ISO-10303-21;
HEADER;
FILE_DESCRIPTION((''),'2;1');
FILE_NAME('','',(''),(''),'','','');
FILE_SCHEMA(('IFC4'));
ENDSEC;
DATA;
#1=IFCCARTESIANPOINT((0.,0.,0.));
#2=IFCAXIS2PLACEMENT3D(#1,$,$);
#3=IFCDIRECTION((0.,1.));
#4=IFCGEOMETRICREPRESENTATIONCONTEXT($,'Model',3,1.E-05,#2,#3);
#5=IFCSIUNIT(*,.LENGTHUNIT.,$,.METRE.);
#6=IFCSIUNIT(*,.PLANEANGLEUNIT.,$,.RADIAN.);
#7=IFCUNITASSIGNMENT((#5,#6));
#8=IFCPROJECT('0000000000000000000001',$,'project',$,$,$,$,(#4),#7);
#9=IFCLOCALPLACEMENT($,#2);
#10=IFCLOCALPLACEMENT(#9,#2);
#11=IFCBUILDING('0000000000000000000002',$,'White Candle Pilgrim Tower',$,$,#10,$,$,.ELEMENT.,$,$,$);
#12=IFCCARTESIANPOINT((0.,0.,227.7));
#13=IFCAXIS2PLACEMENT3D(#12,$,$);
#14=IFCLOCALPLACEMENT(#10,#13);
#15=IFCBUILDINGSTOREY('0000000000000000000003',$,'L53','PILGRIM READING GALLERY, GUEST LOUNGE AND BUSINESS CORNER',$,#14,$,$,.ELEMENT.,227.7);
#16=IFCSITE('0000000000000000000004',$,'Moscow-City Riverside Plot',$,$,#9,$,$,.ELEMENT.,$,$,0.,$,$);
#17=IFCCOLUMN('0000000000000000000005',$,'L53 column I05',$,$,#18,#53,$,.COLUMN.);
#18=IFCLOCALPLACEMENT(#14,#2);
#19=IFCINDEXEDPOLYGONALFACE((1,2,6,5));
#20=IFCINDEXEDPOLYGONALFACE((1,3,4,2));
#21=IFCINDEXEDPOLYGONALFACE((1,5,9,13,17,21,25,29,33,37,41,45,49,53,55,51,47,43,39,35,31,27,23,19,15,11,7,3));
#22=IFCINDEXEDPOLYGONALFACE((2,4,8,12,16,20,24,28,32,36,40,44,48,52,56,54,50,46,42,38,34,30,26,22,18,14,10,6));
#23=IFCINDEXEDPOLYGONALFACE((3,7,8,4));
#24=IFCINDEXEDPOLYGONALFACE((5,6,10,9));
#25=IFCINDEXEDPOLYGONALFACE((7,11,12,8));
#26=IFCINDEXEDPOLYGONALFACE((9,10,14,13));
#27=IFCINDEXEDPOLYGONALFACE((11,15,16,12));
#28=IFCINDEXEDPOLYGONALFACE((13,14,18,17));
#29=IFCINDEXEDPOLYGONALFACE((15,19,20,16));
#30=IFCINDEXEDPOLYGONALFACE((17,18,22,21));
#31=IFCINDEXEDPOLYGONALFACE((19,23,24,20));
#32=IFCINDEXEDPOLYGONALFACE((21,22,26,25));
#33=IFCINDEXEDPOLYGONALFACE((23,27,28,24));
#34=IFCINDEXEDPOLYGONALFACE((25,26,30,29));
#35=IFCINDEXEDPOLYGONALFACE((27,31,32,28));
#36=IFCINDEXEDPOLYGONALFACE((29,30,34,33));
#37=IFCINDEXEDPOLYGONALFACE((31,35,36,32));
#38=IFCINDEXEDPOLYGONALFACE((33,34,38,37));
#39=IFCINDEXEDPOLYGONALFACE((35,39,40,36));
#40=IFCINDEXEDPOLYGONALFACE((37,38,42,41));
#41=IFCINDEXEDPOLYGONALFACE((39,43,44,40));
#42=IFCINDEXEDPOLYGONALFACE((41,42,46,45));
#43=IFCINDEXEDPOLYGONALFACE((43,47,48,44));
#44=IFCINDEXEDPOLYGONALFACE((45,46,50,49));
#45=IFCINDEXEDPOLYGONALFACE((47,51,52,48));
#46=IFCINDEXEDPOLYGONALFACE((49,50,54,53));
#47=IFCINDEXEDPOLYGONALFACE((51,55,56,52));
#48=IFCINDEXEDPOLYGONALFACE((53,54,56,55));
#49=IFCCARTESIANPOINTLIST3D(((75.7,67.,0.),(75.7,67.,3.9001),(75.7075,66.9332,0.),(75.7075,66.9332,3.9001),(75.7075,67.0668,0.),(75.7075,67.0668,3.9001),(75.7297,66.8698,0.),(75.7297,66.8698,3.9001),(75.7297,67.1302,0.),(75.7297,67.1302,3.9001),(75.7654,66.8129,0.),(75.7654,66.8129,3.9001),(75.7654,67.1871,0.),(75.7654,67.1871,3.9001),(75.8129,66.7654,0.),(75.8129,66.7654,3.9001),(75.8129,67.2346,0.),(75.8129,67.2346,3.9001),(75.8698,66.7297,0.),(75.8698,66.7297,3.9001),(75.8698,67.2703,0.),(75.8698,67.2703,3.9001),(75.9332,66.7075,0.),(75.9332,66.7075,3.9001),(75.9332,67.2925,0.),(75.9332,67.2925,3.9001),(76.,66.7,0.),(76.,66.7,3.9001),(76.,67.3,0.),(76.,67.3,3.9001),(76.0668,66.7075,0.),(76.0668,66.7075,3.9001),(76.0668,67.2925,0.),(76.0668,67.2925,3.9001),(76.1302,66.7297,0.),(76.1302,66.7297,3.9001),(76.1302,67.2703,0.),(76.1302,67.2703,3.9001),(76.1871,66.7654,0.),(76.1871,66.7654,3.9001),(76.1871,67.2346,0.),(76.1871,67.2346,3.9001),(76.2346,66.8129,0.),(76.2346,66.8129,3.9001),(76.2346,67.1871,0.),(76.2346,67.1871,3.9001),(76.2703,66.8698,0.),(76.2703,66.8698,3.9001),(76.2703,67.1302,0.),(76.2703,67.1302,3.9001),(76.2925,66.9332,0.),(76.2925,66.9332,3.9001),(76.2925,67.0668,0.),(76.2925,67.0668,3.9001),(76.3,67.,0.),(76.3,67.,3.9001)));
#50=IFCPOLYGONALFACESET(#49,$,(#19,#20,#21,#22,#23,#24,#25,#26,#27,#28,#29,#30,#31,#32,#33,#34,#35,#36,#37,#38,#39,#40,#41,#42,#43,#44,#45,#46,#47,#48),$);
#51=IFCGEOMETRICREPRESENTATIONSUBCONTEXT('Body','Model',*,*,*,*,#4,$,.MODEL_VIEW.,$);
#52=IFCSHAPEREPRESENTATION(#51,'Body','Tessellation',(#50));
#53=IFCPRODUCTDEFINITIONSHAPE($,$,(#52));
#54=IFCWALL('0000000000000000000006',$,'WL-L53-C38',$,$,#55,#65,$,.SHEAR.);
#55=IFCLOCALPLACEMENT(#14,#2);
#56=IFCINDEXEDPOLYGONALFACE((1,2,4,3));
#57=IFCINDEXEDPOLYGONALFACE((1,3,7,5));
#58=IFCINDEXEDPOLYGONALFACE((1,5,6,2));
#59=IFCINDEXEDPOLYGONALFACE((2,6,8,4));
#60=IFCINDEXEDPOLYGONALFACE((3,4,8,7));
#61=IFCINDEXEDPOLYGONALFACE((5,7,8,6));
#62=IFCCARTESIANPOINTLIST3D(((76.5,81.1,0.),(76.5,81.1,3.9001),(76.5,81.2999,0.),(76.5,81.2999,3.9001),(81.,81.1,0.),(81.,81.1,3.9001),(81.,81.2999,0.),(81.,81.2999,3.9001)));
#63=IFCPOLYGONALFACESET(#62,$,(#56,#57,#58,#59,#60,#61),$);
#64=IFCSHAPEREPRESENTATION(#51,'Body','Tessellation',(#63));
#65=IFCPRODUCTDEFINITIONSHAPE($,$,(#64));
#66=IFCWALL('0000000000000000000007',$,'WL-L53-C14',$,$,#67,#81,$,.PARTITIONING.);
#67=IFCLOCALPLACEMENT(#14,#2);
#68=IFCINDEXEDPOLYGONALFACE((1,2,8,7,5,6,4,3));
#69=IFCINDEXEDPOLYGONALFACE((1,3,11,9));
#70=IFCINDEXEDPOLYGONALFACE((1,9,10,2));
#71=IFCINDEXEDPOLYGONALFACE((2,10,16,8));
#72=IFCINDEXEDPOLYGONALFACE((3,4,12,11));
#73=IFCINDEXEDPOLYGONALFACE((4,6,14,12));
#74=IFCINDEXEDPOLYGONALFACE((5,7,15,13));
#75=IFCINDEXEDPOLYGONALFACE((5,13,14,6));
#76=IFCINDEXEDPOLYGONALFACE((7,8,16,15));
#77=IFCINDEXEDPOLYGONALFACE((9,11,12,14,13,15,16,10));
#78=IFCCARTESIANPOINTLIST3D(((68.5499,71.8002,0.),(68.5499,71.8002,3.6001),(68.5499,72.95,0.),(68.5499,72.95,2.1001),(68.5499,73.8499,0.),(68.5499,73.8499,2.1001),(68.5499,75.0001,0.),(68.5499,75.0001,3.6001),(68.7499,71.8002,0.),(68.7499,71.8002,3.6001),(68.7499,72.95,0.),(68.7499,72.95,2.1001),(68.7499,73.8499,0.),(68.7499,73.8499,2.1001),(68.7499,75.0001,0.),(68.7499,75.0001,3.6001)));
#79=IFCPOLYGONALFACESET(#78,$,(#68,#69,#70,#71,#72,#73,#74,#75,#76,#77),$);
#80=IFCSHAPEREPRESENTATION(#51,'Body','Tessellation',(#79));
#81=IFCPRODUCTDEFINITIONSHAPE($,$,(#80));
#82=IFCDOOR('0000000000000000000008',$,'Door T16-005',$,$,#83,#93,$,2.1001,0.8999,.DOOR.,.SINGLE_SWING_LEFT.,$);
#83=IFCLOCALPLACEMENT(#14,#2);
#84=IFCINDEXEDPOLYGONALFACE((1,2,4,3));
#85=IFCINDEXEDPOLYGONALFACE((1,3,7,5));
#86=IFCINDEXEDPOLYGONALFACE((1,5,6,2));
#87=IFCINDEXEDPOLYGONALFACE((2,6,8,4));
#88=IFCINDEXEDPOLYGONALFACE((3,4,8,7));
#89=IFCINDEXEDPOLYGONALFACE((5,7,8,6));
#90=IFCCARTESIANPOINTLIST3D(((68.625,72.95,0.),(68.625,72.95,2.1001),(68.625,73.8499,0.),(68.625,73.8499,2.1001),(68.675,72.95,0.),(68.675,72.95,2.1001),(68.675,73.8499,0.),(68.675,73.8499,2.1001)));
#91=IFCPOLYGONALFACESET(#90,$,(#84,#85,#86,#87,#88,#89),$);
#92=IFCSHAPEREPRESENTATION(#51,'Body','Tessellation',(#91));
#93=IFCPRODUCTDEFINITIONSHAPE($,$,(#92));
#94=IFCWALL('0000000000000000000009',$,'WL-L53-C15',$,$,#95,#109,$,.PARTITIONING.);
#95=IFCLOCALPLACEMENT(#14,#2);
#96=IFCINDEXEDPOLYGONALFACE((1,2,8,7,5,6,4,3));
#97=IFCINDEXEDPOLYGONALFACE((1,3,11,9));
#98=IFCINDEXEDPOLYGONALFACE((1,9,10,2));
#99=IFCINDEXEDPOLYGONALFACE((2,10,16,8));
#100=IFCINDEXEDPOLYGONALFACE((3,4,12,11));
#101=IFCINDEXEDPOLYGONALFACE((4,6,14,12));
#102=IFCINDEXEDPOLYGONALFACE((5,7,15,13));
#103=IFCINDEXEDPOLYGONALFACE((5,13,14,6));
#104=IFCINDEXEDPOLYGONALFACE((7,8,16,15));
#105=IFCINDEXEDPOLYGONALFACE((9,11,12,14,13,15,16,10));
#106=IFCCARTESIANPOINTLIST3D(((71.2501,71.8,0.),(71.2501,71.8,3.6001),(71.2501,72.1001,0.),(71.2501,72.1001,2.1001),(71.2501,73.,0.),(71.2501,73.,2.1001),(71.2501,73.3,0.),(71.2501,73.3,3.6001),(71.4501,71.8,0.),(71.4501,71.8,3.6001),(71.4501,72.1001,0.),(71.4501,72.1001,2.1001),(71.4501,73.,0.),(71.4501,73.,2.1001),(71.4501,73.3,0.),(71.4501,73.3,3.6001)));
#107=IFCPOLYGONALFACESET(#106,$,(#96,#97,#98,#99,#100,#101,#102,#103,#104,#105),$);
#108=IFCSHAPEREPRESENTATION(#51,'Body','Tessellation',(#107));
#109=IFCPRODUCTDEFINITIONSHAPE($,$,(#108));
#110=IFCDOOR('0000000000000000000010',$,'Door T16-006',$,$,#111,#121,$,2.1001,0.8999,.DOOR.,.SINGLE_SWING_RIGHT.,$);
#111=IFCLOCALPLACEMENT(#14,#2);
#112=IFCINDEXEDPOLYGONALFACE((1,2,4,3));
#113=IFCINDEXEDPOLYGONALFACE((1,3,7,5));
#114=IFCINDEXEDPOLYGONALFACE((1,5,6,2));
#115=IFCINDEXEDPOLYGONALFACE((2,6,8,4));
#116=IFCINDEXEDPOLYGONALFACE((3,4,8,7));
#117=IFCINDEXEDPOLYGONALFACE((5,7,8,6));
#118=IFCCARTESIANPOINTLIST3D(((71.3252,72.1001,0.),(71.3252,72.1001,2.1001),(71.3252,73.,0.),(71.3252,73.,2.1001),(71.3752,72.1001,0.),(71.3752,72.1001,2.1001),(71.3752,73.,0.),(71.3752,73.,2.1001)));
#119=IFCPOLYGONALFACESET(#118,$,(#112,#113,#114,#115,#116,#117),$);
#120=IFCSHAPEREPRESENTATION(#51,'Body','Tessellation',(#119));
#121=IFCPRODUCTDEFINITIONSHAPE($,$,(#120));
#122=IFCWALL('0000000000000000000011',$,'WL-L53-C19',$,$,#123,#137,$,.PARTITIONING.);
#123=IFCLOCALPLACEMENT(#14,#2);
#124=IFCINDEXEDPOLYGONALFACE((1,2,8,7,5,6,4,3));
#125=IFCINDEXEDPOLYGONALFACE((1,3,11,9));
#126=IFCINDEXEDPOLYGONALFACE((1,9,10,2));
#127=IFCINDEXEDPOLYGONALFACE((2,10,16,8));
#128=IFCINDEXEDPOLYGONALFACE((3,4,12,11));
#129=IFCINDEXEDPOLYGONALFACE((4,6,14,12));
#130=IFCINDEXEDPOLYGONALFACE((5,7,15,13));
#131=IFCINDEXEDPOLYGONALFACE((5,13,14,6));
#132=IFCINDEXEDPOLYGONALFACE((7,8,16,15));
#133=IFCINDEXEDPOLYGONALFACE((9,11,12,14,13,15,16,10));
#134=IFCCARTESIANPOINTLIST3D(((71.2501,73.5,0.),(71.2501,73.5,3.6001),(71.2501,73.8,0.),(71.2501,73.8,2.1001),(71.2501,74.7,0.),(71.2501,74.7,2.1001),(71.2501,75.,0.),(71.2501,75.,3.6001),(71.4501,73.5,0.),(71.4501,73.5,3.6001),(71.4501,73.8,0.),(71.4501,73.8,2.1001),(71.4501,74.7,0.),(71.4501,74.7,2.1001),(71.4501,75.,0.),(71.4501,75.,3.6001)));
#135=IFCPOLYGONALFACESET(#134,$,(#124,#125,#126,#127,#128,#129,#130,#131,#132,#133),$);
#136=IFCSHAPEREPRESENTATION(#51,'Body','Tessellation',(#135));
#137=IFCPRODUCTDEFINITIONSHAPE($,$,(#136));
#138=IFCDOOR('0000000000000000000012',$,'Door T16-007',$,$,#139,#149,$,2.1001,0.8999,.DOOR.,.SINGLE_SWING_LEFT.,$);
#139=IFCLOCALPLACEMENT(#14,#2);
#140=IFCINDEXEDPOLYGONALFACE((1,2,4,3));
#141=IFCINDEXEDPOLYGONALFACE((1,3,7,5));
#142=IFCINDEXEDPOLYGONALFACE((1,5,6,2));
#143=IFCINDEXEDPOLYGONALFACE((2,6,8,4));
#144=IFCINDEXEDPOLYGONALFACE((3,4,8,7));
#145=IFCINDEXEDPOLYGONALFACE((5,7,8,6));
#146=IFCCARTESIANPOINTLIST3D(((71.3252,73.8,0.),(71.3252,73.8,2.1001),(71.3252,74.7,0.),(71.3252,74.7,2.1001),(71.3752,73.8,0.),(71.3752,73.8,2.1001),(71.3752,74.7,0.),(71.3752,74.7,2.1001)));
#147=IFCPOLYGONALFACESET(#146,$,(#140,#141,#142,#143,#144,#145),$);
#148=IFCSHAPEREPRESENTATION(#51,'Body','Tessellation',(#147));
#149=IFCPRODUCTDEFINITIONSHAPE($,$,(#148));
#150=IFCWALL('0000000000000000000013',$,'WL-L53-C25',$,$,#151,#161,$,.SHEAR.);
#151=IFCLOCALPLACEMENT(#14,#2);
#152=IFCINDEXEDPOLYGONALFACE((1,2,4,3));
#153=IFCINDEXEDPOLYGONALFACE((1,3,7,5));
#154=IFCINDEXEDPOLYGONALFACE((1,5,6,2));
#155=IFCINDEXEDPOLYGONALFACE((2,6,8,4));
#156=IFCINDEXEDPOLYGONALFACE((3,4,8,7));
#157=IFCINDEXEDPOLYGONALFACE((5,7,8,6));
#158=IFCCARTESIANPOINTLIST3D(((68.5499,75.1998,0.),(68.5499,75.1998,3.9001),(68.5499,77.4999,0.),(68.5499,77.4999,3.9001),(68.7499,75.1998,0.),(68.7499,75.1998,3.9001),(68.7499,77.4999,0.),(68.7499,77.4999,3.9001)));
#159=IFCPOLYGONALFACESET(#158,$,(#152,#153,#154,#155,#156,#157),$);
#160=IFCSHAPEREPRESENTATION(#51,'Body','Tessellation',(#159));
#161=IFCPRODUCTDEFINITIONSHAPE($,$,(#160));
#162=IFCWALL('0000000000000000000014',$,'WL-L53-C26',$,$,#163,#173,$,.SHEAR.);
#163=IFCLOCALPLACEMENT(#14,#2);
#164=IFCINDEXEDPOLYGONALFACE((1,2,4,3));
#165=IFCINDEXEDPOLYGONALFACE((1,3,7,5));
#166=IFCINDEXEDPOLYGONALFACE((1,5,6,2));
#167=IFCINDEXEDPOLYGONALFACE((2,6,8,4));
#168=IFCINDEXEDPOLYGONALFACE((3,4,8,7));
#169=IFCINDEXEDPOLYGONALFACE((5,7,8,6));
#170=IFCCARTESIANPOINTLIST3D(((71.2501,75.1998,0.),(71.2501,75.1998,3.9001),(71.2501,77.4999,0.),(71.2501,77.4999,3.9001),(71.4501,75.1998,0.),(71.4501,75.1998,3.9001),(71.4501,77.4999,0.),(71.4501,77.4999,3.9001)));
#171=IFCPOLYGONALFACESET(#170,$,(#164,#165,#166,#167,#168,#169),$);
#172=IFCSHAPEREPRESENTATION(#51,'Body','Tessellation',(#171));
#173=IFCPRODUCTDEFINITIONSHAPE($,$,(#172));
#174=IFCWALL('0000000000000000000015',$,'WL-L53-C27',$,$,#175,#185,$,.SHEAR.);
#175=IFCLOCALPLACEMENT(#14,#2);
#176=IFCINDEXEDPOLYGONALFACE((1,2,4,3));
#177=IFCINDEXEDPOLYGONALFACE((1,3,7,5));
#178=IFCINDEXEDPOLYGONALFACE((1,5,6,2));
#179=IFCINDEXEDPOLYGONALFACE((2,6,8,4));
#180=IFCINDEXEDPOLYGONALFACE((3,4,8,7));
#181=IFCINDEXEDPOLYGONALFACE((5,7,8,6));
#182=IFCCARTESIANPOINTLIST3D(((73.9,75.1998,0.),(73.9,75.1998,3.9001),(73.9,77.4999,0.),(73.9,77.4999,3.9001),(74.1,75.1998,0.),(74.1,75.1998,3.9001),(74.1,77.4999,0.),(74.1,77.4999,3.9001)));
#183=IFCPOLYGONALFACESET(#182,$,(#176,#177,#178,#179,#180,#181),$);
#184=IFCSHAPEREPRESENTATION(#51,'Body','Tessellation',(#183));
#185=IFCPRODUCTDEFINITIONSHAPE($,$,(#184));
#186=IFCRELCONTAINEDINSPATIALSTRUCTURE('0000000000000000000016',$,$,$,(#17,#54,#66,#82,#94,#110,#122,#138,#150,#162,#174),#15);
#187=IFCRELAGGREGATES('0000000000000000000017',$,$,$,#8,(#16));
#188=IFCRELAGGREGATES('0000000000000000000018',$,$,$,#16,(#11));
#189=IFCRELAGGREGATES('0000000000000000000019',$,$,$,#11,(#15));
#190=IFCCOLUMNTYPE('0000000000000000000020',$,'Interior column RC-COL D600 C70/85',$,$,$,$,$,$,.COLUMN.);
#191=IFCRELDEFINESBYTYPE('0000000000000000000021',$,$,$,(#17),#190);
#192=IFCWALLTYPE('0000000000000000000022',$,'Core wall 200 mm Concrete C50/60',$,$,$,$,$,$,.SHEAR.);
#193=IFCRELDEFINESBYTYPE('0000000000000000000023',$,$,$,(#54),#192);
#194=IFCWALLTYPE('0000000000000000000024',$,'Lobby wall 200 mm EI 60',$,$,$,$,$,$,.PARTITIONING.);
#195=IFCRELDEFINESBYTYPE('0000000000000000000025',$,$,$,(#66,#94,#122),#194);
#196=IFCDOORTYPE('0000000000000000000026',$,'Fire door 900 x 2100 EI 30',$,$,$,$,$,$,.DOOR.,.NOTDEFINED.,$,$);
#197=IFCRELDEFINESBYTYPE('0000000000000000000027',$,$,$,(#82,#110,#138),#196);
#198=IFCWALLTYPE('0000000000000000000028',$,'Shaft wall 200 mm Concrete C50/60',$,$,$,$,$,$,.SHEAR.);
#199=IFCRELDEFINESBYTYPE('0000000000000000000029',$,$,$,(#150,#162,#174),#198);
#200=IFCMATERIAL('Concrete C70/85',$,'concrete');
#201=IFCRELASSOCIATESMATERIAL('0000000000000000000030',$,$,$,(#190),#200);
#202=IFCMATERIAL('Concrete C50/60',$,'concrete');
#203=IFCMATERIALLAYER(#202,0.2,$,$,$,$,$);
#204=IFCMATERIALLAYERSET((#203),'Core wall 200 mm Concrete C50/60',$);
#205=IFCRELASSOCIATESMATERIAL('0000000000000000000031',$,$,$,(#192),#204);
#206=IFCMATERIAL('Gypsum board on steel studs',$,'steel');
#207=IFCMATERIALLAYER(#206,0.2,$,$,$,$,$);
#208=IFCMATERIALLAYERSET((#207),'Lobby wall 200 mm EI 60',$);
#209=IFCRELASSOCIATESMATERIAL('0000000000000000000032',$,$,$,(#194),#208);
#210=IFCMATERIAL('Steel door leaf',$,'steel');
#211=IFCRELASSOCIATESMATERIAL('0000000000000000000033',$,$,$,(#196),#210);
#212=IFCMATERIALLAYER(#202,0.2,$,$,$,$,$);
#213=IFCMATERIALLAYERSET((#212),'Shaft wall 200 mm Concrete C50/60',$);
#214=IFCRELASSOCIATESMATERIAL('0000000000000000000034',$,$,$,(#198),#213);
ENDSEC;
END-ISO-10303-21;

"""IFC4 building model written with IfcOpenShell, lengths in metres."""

from ifc_helpers import new_model, si_unit, direction, frame, frame_2d, origin, origin_2d, place, context, subcontext, project, spatial, rectangle, circle, extrude, material, layer, layer_set, material_profile, profile_set, type_object, element, fill, save


model = new_model("IFC4")

# Units and contexts
model_context = context("Model", 3, precision=1e-05, world=origin(), true_north=direction((0.0, 1.0)))
body_context = subcontext(model_context, "Body", "Model", "MODEL_VIEW")
ifc_project = project(units=[si_unit("LENGTHUNIT", "METRE"), si_unit("PLANEANGLEUNIT", "RADIAN")], contexts=[model_context])

# Site, building, storey
site_placement = place(None, origin())
site = spatial("IfcSite", under=ifc_project, at=site_placement, Name="Moscow-City Riverside Plot", CompositionType="ELEMENT", RefElevation=0.0)
building_placement = place(site_placement, origin())
building = spatial("IfcBuilding", under=site, at=building_placement, Name="White Candle Pilgrim Tower", CompositionType="ELEMENT")
storey_placement = place(building_placement, frame((0.0, 0.0, 227.7)))
storey = spatial("IfcBuildingStorey", under=building, at=storey_placement, Name="L53", Description="PILGRIM READING GALLERY, GUEST LOUNGE AND BUSINESS CORNER", CompositionType="ELEMENT", Elevation=227.7)

# Column
ifc_material_1 = material(Name="Concrete C70/85", Category="concrete")
ifc_material_profile = material_profile(ifc_material_1, circle(Radius=0.3, at=origin_2d()), Name="RC-COL D600")
ifc_profile_set = profile_set([ifc_material_profile], Name="Concrete C70/85")
column_type = type_object("IfcColumnType", Name="Interior column RC-COL D600 C70/85", PredefinedType="COLUMN", material=ifc_profile_set)
column_placement = place(storey_placement, frame((76.0, 67.0, 0.0), z_axis=(0.0, 0.0, 1.0), x_axis=(1.0, 0.0, 0.0)))
element("IfcColumn", 1, at=column_placement, inside=storey, type_object=column_type, Name="L53 column I05", PredefinedType="COLUMN", context=body_context, shape_type="SweptSolid", body=[
    extrude(circle(Radius=0.3, at=origin_2d()), origin(), (0.0, 0.0, 1.0), 3.9001),
])

# Wall
ifc_material_2 = material(Name="Concrete C50/60", Category="concrete")
ifc_layer_1 = layer(ifc_material_2, 0.2)
ifc_layer_set_1 = layer_set([ifc_layer_1], Name="Core wall 200 mm Concrete C50/60")
wall_type_1 = type_object("IfcWallType", Name="Core wall 200 mm Concrete C50/60", PredefinedType="SHEAR", material=ifc_layer_set_1)
wall_1_placement = place(storey_placement, frame((76.5, 81.2, 0.0), z_axis=(0.0, 0.0, 1.0), x_axis=(1.0, 0.0, 0.0)))
element("IfcWall", 2, at=wall_1_placement, inside=storey, type_object=wall_type_1, Name="WL-L53-C38", PredefinedType="SHEAR", context=body_context, shape_type="SweptSolid", body=[
    extrude(rectangle(XDim=4.5, YDim=0.2, at=frame_2d((2.25, 0.0))), origin(), (0.0, 0.0, 1.0), 3.9001),
])

# Walls, openings, doors
ifc_material_3 = material(Name="Gypsum board on steel studs", Category="steel")
ifc_layer_2 = layer(ifc_material_3, 0.2)
ifc_layer_set_2 = layer_set([ifc_layer_2], Name="Lobby wall 200 mm EI 60")
wall_type_2 = type_object("IfcWallType", Name="Lobby wall 200 mm EI 60", PredefinedType="PARTITIONING", material=ifc_layer_set_2)
wall_2_placement = place(storey_placement, frame((68.6499, 71.8, 0.0), z_axis=(0.0, 0.0, 1.0), x_axis=(0.0, 1.0, 0.0)))
wall_2 = element("IfcWall", 3, at=wall_2_placement, inside=storey, type_object=wall_type_2, Name="WL-L53-C14", PredefinedType="PARTITIONING", context=body_context, shape_type="SweptSolid", body=[
    extrude(rectangle(XDim=3.2, YDim=0.2, at=frame_2d((1.6001, 0.0))), origin(), (0.0, 0.0, 1.0), 3.6001),
])
opening_1_placement = place(wall_2_placement, frame((1.1499, 0.0, 0.0)))
opening_1 = element("IfcOpeningElement", 4, at=opening_1_placement, cuts=wall_2, PredefinedType="OPENING", context=body_context, shape_type="SweptSolid", body=[
    extrude(rectangle(XDim=0.8999, YDim=2.1001, at=frame_2d((0.45, 1.05))), frame((0.0, 0.1099, 0.0), z_axis=(0.0, -1.0, 0.0), x_axis=(1.0, 0.0, 0.0)), (0.0, 0.0, 1.0), 0.22),
])
ifc_material_4 = material(Name="Steel door leaf", Category="steel")
door_type_1 = type_object("IfcDoorType", Name="Fire door 900 x 2100 EI 30", OperationType="NOTDEFINED", PredefinedType="DOOR", material=ifc_material_4)
door_1_placement = place(opening_1_placement, origin())
door_1 = element("IfcDoor", 5, at=door_1_placement, inside=storey, type_object=door_type_1, Name="Door T16-005", OperationType="SINGLE_SWING_LEFT", OverallHeight=2.1001, OverallWidth=0.8999, PredefinedType="DOOR", context=body_context, shape_type="SweptSolid", body=[
    extrude(rectangle(XDim=0.8999, YDim=2.1001, at=frame_2d((0.45, 1.05))), frame((0.0, 0.0249, 0.0), z_axis=(0.0, -1.0, 0.0), x_axis=(1.0, 0.0, 0.0)), (0.0, 0.0, 1.0), 0.05),
])
fill(opening_1, door_1)
wall_3_placement = place(storey_placement, frame((71.3501, 71.8, 0.0), z_axis=(0.0, 0.0, 1.0), x_axis=(0.0, 1.0, 0.0)))
wall_3 = element("IfcWall", 6, at=wall_3_placement, inside=storey, type_object=wall_type_2, Name="WL-L53-C15", PredefinedType="PARTITIONING", context=body_context, shape_type="SweptSolid", body=[
    extrude(rectangle(XDim=1.5, YDim=0.2, at=frame_2d((0.75, 0.0))), origin(), (0.0, 0.0, 1.0), 3.6001),
])
opening_2_placement = place(wall_3_placement, frame((0.3, 0.0, 0.0)))
opening_2 = element("IfcOpeningElement", 7, at=opening_2_placement, cuts=wall_3, PredefinedType="OPENING", context=body_context, shape_type="SweptSolid", body=[
    extrude(rectangle(XDim=0.8999, YDim=2.1001, at=frame_2d((0.45, 1.05))), frame((0.0, 0.1099, 0.0), z_axis=(0.0, -1.0, 0.0), x_axis=(1.0, 0.0, 0.0)), (0.0, 0.0, 1.0), 0.22),
])
door_2_placement = place(opening_2_placement, origin())
door_2 = element("IfcDoor", 8, at=door_2_placement, inside=storey, type_object=door_type_1, Name="Door T16-006", OperationType="SINGLE_SWING_RIGHT", OverallHeight=2.1001, OverallWidth=0.8999, PredefinedType="DOOR", context=body_context, shape_type="SweptSolid", body=[
    extrude(rectangle(XDim=0.8999, YDim=2.1001, at=frame_2d((0.45, 1.05))), frame((0.0, 0.0249, 0.0), z_axis=(0.0, -1.0, 0.0), x_axis=(1.0, 0.0, 0.0)), (0.0, 0.0, 1.0), 0.05),
])
fill(opening_2, door_2)
wall_4_placement = place(storey_placement, frame((71.3501, 73.5, 0.0), z_axis=(0.0, 0.0, 1.0), x_axis=(0.0, 1.0, 0.0)))
wall_4 = element("IfcWall", 9, at=wall_4_placement, inside=storey, type_object=wall_type_2, Name="WL-L53-C19", PredefinedType="PARTITIONING", context=body_context, shape_type="SweptSolid", body=[
    extrude(rectangle(XDim=1.5, YDim=0.2, at=frame_2d((0.75, 0.0))), origin(), (0.0, 0.0, 1.0), 3.6001),
])
opening_3_placement = place(wall_4_placement, frame((0.3, 0.0, 0.0)))
opening_3 = element("IfcOpeningElement", 10, at=opening_3_placement, cuts=wall_4, PredefinedType="OPENING", context=body_context, shape_type="SweptSolid", body=[
    extrude(rectangle(XDim=0.8999, YDim=2.1001, at=frame_2d((0.45, 1.05))), frame((0.0, 0.1099, 0.0), z_axis=(0.0, -1.0, 0.0), x_axis=(1.0, 0.0, 0.0)), (0.0, 0.0, 1.0), 0.22),
])
door_3_placement = place(opening_3_placement, origin())
door_3 = element("IfcDoor", 11, at=door_3_placement, inside=storey, type_object=door_type_1, Name="Door T16-007", OperationType="SINGLE_SWING_LEFT", OverallHeight=2.1001, OverallWidth=0.8999, PredefinedType="DOOR", context=body_context, shape_type="SweptSolid", body=[
    extrude(rectangle(XDim=0.8999, YDim=2.1001, at=frame_2d((0.45, 1.05))), frame((0.0, 0.0249, 0.0), z_axis=(0.0, -1.0, 0.0), x_axis=(1.0, 0.0, 0.0)), (0.0, 0.0, 1.0), 0.05),
])
fill(opening_3, door_3)

# Walls
ifc_layer_3 = layer(ifc_material_2, 0.2)
ifc_layer_set_3 = layer_set([ifc_layer_3], Name="Shaft wall 200 mm Concrete C50/60")
wall_type_3 = type_object("IfcWallType", Name="Shaft wall 200 mm Concrete C50/60", PredefinedType="SHEAR", material=ifc_layer_set_3)
for number, where, z_axis, x_axis, name in (
    (12, (68.6499, 75.2, 0.0), (0.0, 0.0, 1.0), (0.0, 1.0, 0.0), "WL-L53-C25"),
    (13, (71.3501, 75.2, 0.0), (0.0, 0.0, 1.0), (0.0, 1.0, 0.0), "WL-L53-C26"),
    (14, (74.0, 75.2, 0.0), (0.0, 0.0, 1.0), (0.0, 1.0, 0.0), "WL-L53-C27"),
):
    element("IfcWall", number, at=place(storey_placement, frame(where, z_axis=z_axis, x_axis=x_axis)), inside=storey, type_object=wall_type_3, Name=name, PredefinedType="SHEAR", context=body_context, shape_type="SweptSolid", body=[
        extrude(rectangle(XDim=2.3, YDim=0.2, at=frame_2d((1.1499, 0.0))), origin(), (0.0, 0.0, 1.0), 3.9001),
    ])

save(model, "model.ifc")
